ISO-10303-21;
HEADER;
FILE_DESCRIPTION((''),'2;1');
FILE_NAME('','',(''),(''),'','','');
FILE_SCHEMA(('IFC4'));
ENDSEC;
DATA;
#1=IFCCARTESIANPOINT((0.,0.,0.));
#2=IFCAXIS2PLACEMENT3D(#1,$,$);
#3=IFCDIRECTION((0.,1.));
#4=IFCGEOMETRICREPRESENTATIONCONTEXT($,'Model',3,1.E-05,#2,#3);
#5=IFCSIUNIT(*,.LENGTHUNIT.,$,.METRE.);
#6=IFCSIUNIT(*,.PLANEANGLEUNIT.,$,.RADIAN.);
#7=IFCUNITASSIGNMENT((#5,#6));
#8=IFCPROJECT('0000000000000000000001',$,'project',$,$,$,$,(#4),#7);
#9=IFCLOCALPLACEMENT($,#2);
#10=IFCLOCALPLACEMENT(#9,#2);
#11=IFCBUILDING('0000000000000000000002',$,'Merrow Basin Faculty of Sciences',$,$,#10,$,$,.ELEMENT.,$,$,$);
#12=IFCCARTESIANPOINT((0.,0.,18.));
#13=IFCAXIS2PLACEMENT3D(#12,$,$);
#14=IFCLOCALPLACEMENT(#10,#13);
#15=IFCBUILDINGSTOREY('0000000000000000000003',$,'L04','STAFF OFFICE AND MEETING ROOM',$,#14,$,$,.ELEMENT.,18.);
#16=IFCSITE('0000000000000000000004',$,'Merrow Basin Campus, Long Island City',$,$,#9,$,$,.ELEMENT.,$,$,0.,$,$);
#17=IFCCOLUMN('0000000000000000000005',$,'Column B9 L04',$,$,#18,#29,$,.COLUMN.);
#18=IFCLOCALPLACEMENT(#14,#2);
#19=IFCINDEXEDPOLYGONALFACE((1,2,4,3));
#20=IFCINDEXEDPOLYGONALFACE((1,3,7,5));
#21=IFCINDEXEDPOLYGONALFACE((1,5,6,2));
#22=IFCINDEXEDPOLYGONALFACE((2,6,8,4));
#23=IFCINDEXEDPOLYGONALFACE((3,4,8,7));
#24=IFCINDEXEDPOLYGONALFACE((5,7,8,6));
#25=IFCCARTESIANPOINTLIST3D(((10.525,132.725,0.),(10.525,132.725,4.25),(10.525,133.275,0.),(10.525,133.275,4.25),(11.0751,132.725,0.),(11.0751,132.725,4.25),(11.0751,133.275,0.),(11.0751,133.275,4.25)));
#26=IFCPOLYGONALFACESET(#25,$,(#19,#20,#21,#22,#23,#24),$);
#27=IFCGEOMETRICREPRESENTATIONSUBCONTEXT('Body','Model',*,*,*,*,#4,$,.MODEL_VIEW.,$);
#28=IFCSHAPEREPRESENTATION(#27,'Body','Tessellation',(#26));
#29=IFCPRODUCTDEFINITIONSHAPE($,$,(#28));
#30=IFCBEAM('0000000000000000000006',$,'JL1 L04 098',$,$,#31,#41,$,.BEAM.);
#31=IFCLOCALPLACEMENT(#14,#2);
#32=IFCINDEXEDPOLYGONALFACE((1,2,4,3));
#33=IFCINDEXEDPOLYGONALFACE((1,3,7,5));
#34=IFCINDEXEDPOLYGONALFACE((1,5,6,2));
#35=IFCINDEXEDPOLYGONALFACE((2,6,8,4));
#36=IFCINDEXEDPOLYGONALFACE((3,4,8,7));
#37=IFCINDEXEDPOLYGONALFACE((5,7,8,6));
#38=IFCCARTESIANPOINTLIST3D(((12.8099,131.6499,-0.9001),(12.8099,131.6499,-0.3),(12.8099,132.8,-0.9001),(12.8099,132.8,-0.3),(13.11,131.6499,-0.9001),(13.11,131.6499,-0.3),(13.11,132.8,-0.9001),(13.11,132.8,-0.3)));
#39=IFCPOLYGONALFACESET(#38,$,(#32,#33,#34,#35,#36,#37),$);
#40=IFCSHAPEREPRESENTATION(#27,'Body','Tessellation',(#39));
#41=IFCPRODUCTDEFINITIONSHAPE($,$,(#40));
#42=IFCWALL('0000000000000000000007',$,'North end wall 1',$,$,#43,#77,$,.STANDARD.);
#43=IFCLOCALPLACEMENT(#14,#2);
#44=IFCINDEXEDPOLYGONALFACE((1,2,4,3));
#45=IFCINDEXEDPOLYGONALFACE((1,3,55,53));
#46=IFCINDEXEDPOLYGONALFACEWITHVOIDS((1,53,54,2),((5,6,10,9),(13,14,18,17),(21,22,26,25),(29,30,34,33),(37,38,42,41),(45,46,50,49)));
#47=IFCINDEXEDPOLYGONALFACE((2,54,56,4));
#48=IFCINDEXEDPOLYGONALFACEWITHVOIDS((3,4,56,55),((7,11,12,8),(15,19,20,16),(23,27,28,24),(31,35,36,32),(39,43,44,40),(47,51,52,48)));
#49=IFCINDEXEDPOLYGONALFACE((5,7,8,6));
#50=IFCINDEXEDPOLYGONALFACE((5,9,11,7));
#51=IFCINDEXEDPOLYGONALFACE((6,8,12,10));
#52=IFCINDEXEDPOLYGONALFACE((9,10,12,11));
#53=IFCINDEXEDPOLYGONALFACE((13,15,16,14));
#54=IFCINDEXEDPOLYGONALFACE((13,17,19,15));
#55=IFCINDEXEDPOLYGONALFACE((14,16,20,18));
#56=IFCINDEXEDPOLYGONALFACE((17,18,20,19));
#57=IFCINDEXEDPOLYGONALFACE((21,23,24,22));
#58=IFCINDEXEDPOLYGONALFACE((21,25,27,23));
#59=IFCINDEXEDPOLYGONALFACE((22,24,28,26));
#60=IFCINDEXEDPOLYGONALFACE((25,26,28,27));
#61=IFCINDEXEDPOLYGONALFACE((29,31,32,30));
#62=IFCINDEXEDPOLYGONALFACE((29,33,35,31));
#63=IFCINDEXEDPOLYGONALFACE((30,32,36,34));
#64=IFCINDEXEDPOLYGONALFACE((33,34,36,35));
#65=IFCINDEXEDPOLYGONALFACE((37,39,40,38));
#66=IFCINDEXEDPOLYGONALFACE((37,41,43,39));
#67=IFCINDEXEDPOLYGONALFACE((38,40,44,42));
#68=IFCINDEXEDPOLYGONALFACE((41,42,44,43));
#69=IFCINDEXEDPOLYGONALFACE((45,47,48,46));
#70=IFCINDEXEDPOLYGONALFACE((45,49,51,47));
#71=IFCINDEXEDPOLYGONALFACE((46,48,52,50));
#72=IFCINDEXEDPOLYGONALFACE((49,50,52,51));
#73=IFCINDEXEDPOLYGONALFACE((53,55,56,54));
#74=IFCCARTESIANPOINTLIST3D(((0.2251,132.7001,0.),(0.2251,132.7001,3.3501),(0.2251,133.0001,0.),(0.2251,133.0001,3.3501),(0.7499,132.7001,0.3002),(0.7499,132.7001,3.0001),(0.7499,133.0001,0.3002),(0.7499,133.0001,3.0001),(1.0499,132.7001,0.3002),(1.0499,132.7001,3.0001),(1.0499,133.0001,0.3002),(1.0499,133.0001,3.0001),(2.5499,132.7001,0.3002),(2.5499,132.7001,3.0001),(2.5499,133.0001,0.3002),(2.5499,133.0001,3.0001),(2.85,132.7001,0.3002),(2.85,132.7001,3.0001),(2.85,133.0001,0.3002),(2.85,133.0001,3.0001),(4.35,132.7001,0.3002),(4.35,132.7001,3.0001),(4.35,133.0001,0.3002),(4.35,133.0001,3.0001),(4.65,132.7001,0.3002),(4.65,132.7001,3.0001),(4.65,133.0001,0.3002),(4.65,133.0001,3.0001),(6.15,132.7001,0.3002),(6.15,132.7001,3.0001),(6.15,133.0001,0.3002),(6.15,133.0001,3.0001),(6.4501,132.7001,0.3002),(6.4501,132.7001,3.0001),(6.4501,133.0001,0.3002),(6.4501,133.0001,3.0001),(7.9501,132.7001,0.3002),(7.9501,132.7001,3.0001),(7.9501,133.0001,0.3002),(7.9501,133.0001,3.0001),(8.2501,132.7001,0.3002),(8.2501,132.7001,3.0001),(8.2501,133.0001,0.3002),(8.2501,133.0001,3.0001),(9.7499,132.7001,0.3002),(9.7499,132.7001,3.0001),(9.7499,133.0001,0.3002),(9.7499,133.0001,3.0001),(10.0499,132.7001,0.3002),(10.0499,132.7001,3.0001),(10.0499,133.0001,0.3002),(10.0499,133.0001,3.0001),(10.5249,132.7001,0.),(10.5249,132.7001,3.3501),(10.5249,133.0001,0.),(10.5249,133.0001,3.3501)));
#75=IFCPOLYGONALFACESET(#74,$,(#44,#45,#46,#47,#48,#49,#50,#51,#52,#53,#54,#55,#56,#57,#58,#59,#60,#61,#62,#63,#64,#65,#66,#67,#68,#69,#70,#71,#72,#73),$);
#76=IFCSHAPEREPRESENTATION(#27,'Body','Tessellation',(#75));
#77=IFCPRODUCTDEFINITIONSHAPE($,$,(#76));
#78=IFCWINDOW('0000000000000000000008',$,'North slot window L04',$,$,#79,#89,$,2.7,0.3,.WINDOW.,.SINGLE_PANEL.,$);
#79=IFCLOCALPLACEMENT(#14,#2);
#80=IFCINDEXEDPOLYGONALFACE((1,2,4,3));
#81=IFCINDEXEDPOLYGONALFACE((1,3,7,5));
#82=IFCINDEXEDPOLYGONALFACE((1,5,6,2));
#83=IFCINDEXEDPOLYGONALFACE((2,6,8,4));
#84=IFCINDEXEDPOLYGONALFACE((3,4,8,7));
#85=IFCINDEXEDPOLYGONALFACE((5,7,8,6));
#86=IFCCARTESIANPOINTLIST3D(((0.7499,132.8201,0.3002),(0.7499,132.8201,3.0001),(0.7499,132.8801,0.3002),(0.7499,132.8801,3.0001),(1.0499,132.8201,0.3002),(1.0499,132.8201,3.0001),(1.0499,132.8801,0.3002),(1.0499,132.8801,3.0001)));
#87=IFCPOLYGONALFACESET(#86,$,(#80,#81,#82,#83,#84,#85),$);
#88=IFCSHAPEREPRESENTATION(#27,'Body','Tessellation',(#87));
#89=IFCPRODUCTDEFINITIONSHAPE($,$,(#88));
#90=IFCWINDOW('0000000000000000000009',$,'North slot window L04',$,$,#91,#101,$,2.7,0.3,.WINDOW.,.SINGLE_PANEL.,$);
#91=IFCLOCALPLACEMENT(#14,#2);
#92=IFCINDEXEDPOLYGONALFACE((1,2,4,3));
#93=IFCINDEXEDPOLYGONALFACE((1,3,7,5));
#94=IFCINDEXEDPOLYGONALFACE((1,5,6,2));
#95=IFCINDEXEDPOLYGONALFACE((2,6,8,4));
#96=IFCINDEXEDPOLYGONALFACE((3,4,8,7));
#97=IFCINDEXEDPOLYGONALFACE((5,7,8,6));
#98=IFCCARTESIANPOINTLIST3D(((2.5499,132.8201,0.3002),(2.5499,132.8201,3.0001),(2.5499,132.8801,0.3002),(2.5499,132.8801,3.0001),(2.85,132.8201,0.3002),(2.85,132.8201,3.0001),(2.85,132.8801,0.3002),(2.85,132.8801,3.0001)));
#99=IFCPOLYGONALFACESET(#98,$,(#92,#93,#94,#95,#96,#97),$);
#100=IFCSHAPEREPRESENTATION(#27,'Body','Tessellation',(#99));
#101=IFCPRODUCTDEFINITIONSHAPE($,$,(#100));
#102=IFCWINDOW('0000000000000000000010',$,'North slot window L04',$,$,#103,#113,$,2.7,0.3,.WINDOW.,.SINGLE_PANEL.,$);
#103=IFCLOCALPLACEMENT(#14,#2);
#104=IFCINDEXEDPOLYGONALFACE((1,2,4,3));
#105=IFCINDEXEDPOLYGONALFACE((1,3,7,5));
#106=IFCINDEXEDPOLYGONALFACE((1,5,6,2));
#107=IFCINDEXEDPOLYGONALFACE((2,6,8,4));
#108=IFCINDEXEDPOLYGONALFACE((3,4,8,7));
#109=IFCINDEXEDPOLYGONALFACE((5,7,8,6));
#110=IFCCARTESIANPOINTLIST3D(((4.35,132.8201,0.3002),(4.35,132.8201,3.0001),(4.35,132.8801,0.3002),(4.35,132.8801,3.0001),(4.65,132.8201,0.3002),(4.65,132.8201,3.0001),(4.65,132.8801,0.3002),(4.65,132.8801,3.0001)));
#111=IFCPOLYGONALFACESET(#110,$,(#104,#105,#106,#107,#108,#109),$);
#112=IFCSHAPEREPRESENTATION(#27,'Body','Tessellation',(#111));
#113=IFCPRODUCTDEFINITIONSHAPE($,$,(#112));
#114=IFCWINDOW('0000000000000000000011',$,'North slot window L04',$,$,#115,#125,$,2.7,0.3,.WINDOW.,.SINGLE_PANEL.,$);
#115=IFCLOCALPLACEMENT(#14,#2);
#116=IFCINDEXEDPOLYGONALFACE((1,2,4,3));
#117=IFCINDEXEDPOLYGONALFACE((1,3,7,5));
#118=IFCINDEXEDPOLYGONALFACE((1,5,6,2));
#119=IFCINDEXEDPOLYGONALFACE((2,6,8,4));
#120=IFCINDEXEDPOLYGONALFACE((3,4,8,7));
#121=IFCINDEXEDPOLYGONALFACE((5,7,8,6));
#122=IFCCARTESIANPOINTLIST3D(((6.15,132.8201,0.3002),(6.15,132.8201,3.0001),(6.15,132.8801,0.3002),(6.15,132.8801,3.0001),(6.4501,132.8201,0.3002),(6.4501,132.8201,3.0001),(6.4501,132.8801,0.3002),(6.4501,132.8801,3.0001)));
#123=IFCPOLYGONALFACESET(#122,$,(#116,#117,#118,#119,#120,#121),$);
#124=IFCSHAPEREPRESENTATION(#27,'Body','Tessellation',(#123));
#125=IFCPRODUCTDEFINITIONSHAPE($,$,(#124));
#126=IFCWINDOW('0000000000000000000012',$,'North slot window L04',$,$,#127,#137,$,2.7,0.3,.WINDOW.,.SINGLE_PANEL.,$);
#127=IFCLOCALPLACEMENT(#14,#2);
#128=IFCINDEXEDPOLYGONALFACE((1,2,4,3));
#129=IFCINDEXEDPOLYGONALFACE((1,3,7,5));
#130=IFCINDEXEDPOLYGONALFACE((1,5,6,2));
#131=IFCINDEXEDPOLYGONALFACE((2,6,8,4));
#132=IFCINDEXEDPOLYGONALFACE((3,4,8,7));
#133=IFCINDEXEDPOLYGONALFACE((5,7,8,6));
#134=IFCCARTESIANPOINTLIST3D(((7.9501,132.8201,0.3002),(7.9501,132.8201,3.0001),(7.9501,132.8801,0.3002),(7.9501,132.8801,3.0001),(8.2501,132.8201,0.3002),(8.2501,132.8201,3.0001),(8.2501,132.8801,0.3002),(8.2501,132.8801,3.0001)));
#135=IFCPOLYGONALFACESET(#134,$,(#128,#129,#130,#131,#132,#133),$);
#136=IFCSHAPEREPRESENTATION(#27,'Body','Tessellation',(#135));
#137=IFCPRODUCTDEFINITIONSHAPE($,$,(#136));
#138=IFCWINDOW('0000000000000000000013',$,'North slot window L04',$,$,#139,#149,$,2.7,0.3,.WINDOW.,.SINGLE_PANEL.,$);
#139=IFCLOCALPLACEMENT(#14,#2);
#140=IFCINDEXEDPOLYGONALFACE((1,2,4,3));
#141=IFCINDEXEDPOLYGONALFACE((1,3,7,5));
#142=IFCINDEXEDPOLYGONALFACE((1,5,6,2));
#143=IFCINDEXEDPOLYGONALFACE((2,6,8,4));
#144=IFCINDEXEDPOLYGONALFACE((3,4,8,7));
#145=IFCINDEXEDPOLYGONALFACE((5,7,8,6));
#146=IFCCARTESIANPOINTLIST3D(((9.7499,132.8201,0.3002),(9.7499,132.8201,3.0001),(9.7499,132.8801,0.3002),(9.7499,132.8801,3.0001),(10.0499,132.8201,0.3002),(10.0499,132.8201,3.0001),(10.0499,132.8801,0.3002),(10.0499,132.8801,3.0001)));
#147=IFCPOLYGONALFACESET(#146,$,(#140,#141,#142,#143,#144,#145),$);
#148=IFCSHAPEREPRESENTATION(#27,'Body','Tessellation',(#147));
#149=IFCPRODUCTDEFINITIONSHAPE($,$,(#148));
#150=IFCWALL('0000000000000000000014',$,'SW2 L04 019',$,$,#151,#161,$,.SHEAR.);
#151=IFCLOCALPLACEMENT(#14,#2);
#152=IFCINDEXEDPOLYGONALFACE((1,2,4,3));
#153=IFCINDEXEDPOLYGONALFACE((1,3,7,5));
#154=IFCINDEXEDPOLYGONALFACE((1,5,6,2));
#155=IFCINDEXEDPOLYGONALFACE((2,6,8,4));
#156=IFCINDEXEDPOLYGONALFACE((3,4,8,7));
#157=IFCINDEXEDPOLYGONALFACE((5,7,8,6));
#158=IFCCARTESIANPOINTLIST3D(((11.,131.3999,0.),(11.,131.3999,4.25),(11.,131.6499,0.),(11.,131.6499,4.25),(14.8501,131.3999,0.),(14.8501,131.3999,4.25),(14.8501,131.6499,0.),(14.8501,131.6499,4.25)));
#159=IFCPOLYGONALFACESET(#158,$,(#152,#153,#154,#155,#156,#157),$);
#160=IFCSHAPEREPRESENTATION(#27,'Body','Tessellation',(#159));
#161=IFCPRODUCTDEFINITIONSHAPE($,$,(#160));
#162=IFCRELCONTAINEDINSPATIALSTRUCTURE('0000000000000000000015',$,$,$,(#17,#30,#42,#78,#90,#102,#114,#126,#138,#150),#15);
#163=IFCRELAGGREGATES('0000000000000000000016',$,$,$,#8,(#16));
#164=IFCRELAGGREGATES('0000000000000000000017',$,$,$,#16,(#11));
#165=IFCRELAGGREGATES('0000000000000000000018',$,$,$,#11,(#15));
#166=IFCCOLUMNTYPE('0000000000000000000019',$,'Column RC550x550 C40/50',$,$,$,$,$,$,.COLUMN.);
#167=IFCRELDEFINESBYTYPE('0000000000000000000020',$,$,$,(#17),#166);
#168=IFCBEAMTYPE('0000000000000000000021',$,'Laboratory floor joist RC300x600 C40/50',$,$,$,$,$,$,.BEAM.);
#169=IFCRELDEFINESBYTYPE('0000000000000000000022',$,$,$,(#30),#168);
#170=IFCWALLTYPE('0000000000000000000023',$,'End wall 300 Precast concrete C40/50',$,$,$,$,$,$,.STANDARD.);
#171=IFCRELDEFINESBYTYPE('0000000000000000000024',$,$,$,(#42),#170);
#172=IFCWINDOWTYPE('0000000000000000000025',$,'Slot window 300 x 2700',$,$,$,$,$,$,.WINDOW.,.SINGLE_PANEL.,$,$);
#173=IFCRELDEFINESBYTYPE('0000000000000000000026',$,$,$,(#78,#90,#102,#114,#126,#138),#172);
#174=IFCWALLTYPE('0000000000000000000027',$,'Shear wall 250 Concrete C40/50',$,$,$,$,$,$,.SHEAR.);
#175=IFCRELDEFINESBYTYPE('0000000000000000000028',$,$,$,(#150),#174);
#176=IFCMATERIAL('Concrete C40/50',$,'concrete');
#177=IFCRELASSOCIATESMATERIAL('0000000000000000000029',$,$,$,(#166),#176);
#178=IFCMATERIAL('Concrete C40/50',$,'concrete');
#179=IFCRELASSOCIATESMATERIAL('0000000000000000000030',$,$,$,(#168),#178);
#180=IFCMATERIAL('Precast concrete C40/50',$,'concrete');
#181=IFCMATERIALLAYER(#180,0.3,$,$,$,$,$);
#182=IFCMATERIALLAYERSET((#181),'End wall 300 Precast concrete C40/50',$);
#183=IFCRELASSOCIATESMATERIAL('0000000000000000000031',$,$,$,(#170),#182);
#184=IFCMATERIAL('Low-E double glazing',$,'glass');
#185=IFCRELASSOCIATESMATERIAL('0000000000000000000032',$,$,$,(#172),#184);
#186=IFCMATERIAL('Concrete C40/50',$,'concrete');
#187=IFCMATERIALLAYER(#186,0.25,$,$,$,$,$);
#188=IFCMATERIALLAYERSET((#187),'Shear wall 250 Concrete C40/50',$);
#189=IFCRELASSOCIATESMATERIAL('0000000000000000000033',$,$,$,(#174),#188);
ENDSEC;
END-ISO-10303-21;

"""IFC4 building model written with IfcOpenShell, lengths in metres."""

from ifc_helpers import new_model, si_unit, direction, frame, frame_2d, origin, origin_2d, place, context, subcontext, project, spatial, rectangle, extrude, material, layer, layer_set, material_profile, profile_set, type_object, element, fill, save


model = new_model("IFC4")

# Units and contexts
model_context = context("Model", 3, precision=1e-05, world=origin(), true_north=direction((0.0, 1.0)))
body_context = subcontext(model_context, "Body", "Model", "MODEL_VIEW")
ifc_project = project(units=[si_unit("LENGTHUNIT", "METRE"), si_unit("PLANEANGLEUNIT", "RADIAN")], contexts=[model_context])

# Site, building, storey
site_placement = place(None, origin())
site = spatial("IfcSite", under=ifc_project, at=site_placement, Name="Merrow Basin Campus, Long Island City", CompositionType="ELEMENT", RefElevation=0.0)
building_placement = place(site_placement, origin())
building = spatial("IfcBuilding", under=site, at=building_placement, Name="Merrow Basin Faculty of Sciences", CompositionType="ELEMENT")
storey_placement = place(building_placement, frame((0.0, 0.0, 18.0)))
storey = spatial("IfcBuildingStorey", under=building, at=storey_placement, Name="L04", Description="STAFF OFFICE AND MEETING ROOM", CompositionType="ELEMENT", Elevation=18.0)

# Column
ifc_material_1 = material(Name="Concrete C40/50", Category="concrete")
ifc_material_profile_1 = material_profile(ifc_material_1, rectangle(XDim=0.55, YDim=0.55, at=origin_2d()))
ifc_profile_set_1 = profile_set([ifc_material_profile_1], Name="Concrete C40/50")
column_type = type_object("IfcColumnType", Name="Column RC550x550 C40/50", PredefinedType="COLUMN", material=ifc_profile_set_1)
column_placement = place(storey_placement, frame((10.8, 133.0, 0.0), z_axis=(0.0, 0.0, 1.0), x_axis=(1.0, 0.0, 0.0)))
element("IfcColumn", 1, at=column_placement, inside=storey, type_object=column_type, Name="Column B9 L04", PredefinedType="COLUMN", context=body_context, shape_type="SweptSolid", body=[
    extrude(rectangle(XDim=0.55, YDim=0.55, at=origin_2d()), origin(), (0.0, 0.0, 1.0), 4.25),
])

# Beam
ifc_material_2 = material(Name="Concrete C40/50", Category="concrete")
ifc_material_profile_2 = material_profile(ifc_material_2, rectangle(XDim=0.3, YDim=0.6001, at=origin_2d()))
ifc_profile_set_2 = profile_set([ifc_material_profile_2], Name="Concrete C40/50")
beam_type = type_object("IfcBeamType", Name="Laboratory floor joist RC300x600 C40/50", PredefinedType="BEAM", material=ifc_profile_set_2)
beam_placement = place(storey_placement, frame((12.96, 131.6499, -0.6001), z_axis=(0.0, 1.0, 0.0), x_axis=(-1.0, 0.0, 0.0)))
element("IfcBeam", 2, at=beam_placement, inside=storey, type_object=beam_type, Name="JL1 L04 098", PredefinedType="BEAM", context=body_context, shape_type="SweptSolid", body=[
    extrude(rectangle(XDim=0.3, YDim=0.6001, at=origin_2d()), origin(), (0.0, 0.0, 1.0), 1.1501),
])

# Wall, openings, windows
ifc_material_3 = material(Name="Precast concrete C40/50", Category="concrete")
ifc_layer_1 = layer(ifc_material_3, 0.3)
ifc_layer_set_1 = layer_set([ifc_layer_1], Name="End wall 300 Precast concrete C40/50")
wall_type_1 = type_object("IfcWallType", Name="End wall 300 Precast concrete C40/50", PredefinedType="STANDARD", material=ifc_layer_set_1)
wall_1_placement = place(storey_placement, frame((10.5249, 132.8501, 0.0), z_axis=(0.0, 0.0, 1.0), x_axis=(-1.0, 0.0, 0.0)))
wall_1 = element("IfcWall", 3, at=wall_1_placement, inside=storey, type_object=wall_type_1, Name="North end wall 1", PredefinedType="STANDARD", context=body_context, shape_type="SweptSolid", body=[
    extrude(rectangle(XDim=10.2998, YDim=0.3, at=frame_2d((5.1499, 0.0))), origin(), (0.0, 0.0, 1.0), 3.3501),
])
opening_1_placement = place(wall_1_placement, frame((9.4751, 0.0, 0.3)))
opening_1 = element("IfcOpeningElement", 4, at=opening_1_placement, cuts=wall_1, PredefinedType="OPENING", context=body_context, shape_type="SweptSolid", body=[
    extrude(rectangle(XDim=0.3, YDim=2.7, at=frame_2d((0.1499, 1.3501))), frame((0.0, 0.1599, 0.0), z_axis=(0.0, -1.0, 0.0), x_axis=(1.0, 0.0, 0.0)), (0.0, 0.0, 1.0), 0.3201),
])
opening_2_placement = place(wall_1_placement, frame((7.675, 0.0, 0.3)))
opening_2 = element("IfcOpeningElement", 5, at=opening_2_placement, cuts=wall_1, PredefinedType="OPENING", context=body_context, shape_type="SweptSolid", body=[
    extrude(rectangle(XDim=0.3, YDim=2.7, at=frame_2d((0.1499, 1.3501))), frame((0.0, 0.1599, 0.0), z_axis=(0.0, -1.0, 0.0), x_axis=(1.0, 0.0, 0.0)), (0.0, 0.0, 1.0), 0.3201),
])
opening_3_placement = place(wall_1_placement, frame((5.875, 0.0, 0.3)))
opening_3 = element("IfcOpeningElement", 6, at=opening_3_placement, cuts=wall_1, PredefinedType="OPENING", context=body_context, shape_type="SweptSolid", body=[
    extrude(rectangle(XDim=0.3, YDim=2.7, at=frame_2d((0.1499, 1.3501))), frame((0.0, 0.1599, 0.0), z_axis=(0.0, -1.0, 0.0), x_axis=(1.0, 0.0, 0.0)), (0.0, 0.0, 1.0), 0.3201),
])
opening_4_placement = place(wall_1_placement, frame((4.075, 0.0, 0.3)))
opening_4 = element("IfcOpeningElement", 7, at=opening_4_placement, cuts=wall_1, PredefinedType="OPENING", context=body_context, shape_type="SweptSolid", body=[
    extrude(rectangle(XDim=0.3, YDim=2.7, at=frame_2d((0.1499, 1.3501))), frame((0.0, 0.1599, 0.0), z_axis=(0.0, -1.0, 0.0), x_axis=(1.0, 0.0, 0.0)), (0.0, 0.0, 1.0), 0.3201),
])
opening_5_placement = place(wall_1_placement, frame((2.2749, 0.0, 0.3)))
opening_5 = element("IfcOpeningElement", 8, at=opening_5_placement, cuts=wall_1, PredefinedType="OPENING", context=body_context, shape_type="SweptSolid", body=[
    extrude(rectangle(XDim=0.3, YDim=2.7, at=frame_2d((0.1499, 1.3501))), frame((0.0, 0.1599, 0.0), z_axis=(0.0, -1.0, 0.0), x_axis=(1.0, 0.0, 0.0)), (0.0, 0.0, 1.0), 0.3201),
])
opening_6_placement = place(wall_1_placement, frame((0.4751, 0.0, 0.3)))
opening_6 = element("IfcOpeningElement", 9, at=opening_6_placement, cuts=wall_1, PredefinedType="OPENING", context=body_context, shape_type="SweptSolid", body=[
    extrude(rectangle(XDim=0.3, YDim=2.7, at=frame_2d((0.1499, 1.3501))), frame((0.0, 0.1599, 0.0), z_axis=(0.0, -1.0, 0.0), x_axis=(1.0, 0.0, 0.0)), (0.0, 0.0, 1.0), 0.3201),
])
ifc_material_4 = material(Name="Low-E double glazing", Category="glass")
window_type = type_object("IfcWindowType", Name="Slot window 300 x 2700", PartitioningType="SINGLE_PANEL", PredefinedType="WINDOW", material=ifc_material_4)
window_1_placement = place(opening_1_placement, origin())
window_1 = element("IfcWindow", 10, at=window_1_placement, inside=storey, type_object=window_type, Name="North slot window L04", OverallHeight=2.7, OverallWidth=0.3, PartitioningType="SINGLE_PANEL", PredefinedType="WINDOW", context=body_context, shape_type="SweptSolid", body=[
    extrude(rectangle(XDim=0.3, YDim=2.7, at=frame_2d((0.1499, 1.3501))), frame((0.0, 0.03, 0.0), z_axis=(0.0, -1.0, 0.0), x_axis=(1.0, 0.0, 0.0)), (0.0, 0.0, 1.0), 0.0601),
])
fill(opening_1, window_1)
window_2_placement = place(opening_2_placement, origin())
window_2 = element("IfcWindow", 11, at=window_2_placement, inside=storey, type_object=window_type, Name="North slot window L04", OverallHeight=2.7, OverallWidth=0.3, PartitioningType="SINGLE_PANEL", PredefinedType="WINDOW", context=body_context, shape_type="SweptSolid", body=[
    extrude(rectangle(XDim=0.3, YDim=2.7, at=frame_2d((0.1499, 1.3501))), frame((0.0, 0.03, 0.0), z_axis=(0.0, -1.0, 0.0), x_axis=(1.0, 0.0, 0.0)), (0.0, 0.0, 1.0), 0.0601),
])
fill(opening_2, window_2)
window_3_placement = place(opening_3_placement, origin())
window_3 = element("IfcWindow", 12, at=window_3_placement, inside=storey, type_object=window_type, Name="North slot window L04", OverallHeight=2.7, OverallWidth=0.3, PartitioningType="SINGLE_PANEL", PredefinedType="WINDOW", context=body_context, shape_type="SweptSolid", body=[
    extrude(rectangle(XDim=0.3, YDim=2.7, at=frame_2d((0.1499, 1.3501))), frame((0.0, 0.03, 0.0), z_axis=(0.0, -1.0, 0.0), x_axis=(1.0, 0.0, 0.0)), (0.0, 0.0, 1.0), 0.0601),
])
fill(opening_3, window_3)
window_4_placement = place(opening_4_placement, origin())
window_4 = element("IfcWindow", 13, at=window_4_placement, inside=storey, type_object=window_type, Name="North slot window L04", OverallHeight=2.7, OverallWidth=0.3, PartitioningType="SINGLE_PANEL", PredefinedType="WINDOW", context=body_context, shape_type="SweptSolid", body=[
    extrude(rectangle(XDim=0.3, YDim=2.7, at=frame_2d((0.1499, 1.3501))), frame((0.0, 0.03, 0.0), z_axis=(0.0, -1.0, 0.0), x_axis=(1.0, 0.0, 0.0)), (0.0, 0.0, 1.0), 0.0601),
])
fill(opening_4, window_4)
window_5_placement = place(opening_5_placement, origin())
window_5 = element("IfcWindow", 14, at=window_5_placement, inside=storey, type_object=window_type, Name="North slot window L04", OverallHeight=2.7, OverallWidth=0.3, PartitioningType="SINGLE_PANEL", PredefinedType="WINDOW", context=body_context, shape_type="SweptSolid", body=[
    extrude(rectangle(XDim=0.3, YDim=2.7, at=frame_2d((0.1499, 1.3501))), frame((0.0, 0.03, 0.0), z_axis=(0.0, -1.0, 0.0), x_axis=(1.0, 0.0, 0.0)), (0.0, 0.0, 1.0), 0.0601),
])
fill(opening_5, window_5)
window_6_placement = place(opening_6_placement, origin())
window_6 = element("IfcWindow", 15, at=window_6_placement, inside=storey, type_object=window_type, Name="North slot window L04", OverallHeight=2.7, OverallWidth=0.3, PartitioningType="SINGLE_PANEL", PredefinedType="WINDOW", context=body_context, shape_type="SweptSolid", body=[
    extrude(rectangle(XDim=0.3, YDim=2.7, at=frame_2d((0.1499, 1.3501))), frame((0.0, 0.03, 0.0), z_axis=(0.0, -1.0, 0.0), x_axis=(1.0, 0.0, 0.0)), (0.0, 0.0, 1.0), 0.0601),
])
fill(opening_6, window_6)

# Wall
ifc_material_5 = material(Name="Concrete C40/50", Category="concrete")
ifc_layer_2 = layer(ifc_material_5, 0.25)
ifc_layer_set_2 = layer_set([ifc_layer_2], Name="Shear wall 250 Concrete C40/50")
wall_type_2 = type_object("IfcWallType", Name="Shear wall 250 Concrete C40/50", PredefinedType="SHEAR", material=ifc_layer_set_2)
wall_2_placement = place(storey_placement, frame((11.0, 131.5249, 0.0), z_axis=(0.0, 0.0, 1.0), x_axis=(1.0, 0.0, 0.0)))
element("IfcWall", 16, at=wall_2_placement, inside=storey, type_object=wall_type_2, Name="SW2 L04 019", PredefinedType="SHEAR", context=body_context, shape_type="SweptSolid", body=[
    extrude(rectangle(XDim=3.8501, YDim=0.25, at=frame_2d((1.925, 0.0))), origin(), (0.0, 0.0, 1.0), 4.25),
])

save(model, "model.ifc")
